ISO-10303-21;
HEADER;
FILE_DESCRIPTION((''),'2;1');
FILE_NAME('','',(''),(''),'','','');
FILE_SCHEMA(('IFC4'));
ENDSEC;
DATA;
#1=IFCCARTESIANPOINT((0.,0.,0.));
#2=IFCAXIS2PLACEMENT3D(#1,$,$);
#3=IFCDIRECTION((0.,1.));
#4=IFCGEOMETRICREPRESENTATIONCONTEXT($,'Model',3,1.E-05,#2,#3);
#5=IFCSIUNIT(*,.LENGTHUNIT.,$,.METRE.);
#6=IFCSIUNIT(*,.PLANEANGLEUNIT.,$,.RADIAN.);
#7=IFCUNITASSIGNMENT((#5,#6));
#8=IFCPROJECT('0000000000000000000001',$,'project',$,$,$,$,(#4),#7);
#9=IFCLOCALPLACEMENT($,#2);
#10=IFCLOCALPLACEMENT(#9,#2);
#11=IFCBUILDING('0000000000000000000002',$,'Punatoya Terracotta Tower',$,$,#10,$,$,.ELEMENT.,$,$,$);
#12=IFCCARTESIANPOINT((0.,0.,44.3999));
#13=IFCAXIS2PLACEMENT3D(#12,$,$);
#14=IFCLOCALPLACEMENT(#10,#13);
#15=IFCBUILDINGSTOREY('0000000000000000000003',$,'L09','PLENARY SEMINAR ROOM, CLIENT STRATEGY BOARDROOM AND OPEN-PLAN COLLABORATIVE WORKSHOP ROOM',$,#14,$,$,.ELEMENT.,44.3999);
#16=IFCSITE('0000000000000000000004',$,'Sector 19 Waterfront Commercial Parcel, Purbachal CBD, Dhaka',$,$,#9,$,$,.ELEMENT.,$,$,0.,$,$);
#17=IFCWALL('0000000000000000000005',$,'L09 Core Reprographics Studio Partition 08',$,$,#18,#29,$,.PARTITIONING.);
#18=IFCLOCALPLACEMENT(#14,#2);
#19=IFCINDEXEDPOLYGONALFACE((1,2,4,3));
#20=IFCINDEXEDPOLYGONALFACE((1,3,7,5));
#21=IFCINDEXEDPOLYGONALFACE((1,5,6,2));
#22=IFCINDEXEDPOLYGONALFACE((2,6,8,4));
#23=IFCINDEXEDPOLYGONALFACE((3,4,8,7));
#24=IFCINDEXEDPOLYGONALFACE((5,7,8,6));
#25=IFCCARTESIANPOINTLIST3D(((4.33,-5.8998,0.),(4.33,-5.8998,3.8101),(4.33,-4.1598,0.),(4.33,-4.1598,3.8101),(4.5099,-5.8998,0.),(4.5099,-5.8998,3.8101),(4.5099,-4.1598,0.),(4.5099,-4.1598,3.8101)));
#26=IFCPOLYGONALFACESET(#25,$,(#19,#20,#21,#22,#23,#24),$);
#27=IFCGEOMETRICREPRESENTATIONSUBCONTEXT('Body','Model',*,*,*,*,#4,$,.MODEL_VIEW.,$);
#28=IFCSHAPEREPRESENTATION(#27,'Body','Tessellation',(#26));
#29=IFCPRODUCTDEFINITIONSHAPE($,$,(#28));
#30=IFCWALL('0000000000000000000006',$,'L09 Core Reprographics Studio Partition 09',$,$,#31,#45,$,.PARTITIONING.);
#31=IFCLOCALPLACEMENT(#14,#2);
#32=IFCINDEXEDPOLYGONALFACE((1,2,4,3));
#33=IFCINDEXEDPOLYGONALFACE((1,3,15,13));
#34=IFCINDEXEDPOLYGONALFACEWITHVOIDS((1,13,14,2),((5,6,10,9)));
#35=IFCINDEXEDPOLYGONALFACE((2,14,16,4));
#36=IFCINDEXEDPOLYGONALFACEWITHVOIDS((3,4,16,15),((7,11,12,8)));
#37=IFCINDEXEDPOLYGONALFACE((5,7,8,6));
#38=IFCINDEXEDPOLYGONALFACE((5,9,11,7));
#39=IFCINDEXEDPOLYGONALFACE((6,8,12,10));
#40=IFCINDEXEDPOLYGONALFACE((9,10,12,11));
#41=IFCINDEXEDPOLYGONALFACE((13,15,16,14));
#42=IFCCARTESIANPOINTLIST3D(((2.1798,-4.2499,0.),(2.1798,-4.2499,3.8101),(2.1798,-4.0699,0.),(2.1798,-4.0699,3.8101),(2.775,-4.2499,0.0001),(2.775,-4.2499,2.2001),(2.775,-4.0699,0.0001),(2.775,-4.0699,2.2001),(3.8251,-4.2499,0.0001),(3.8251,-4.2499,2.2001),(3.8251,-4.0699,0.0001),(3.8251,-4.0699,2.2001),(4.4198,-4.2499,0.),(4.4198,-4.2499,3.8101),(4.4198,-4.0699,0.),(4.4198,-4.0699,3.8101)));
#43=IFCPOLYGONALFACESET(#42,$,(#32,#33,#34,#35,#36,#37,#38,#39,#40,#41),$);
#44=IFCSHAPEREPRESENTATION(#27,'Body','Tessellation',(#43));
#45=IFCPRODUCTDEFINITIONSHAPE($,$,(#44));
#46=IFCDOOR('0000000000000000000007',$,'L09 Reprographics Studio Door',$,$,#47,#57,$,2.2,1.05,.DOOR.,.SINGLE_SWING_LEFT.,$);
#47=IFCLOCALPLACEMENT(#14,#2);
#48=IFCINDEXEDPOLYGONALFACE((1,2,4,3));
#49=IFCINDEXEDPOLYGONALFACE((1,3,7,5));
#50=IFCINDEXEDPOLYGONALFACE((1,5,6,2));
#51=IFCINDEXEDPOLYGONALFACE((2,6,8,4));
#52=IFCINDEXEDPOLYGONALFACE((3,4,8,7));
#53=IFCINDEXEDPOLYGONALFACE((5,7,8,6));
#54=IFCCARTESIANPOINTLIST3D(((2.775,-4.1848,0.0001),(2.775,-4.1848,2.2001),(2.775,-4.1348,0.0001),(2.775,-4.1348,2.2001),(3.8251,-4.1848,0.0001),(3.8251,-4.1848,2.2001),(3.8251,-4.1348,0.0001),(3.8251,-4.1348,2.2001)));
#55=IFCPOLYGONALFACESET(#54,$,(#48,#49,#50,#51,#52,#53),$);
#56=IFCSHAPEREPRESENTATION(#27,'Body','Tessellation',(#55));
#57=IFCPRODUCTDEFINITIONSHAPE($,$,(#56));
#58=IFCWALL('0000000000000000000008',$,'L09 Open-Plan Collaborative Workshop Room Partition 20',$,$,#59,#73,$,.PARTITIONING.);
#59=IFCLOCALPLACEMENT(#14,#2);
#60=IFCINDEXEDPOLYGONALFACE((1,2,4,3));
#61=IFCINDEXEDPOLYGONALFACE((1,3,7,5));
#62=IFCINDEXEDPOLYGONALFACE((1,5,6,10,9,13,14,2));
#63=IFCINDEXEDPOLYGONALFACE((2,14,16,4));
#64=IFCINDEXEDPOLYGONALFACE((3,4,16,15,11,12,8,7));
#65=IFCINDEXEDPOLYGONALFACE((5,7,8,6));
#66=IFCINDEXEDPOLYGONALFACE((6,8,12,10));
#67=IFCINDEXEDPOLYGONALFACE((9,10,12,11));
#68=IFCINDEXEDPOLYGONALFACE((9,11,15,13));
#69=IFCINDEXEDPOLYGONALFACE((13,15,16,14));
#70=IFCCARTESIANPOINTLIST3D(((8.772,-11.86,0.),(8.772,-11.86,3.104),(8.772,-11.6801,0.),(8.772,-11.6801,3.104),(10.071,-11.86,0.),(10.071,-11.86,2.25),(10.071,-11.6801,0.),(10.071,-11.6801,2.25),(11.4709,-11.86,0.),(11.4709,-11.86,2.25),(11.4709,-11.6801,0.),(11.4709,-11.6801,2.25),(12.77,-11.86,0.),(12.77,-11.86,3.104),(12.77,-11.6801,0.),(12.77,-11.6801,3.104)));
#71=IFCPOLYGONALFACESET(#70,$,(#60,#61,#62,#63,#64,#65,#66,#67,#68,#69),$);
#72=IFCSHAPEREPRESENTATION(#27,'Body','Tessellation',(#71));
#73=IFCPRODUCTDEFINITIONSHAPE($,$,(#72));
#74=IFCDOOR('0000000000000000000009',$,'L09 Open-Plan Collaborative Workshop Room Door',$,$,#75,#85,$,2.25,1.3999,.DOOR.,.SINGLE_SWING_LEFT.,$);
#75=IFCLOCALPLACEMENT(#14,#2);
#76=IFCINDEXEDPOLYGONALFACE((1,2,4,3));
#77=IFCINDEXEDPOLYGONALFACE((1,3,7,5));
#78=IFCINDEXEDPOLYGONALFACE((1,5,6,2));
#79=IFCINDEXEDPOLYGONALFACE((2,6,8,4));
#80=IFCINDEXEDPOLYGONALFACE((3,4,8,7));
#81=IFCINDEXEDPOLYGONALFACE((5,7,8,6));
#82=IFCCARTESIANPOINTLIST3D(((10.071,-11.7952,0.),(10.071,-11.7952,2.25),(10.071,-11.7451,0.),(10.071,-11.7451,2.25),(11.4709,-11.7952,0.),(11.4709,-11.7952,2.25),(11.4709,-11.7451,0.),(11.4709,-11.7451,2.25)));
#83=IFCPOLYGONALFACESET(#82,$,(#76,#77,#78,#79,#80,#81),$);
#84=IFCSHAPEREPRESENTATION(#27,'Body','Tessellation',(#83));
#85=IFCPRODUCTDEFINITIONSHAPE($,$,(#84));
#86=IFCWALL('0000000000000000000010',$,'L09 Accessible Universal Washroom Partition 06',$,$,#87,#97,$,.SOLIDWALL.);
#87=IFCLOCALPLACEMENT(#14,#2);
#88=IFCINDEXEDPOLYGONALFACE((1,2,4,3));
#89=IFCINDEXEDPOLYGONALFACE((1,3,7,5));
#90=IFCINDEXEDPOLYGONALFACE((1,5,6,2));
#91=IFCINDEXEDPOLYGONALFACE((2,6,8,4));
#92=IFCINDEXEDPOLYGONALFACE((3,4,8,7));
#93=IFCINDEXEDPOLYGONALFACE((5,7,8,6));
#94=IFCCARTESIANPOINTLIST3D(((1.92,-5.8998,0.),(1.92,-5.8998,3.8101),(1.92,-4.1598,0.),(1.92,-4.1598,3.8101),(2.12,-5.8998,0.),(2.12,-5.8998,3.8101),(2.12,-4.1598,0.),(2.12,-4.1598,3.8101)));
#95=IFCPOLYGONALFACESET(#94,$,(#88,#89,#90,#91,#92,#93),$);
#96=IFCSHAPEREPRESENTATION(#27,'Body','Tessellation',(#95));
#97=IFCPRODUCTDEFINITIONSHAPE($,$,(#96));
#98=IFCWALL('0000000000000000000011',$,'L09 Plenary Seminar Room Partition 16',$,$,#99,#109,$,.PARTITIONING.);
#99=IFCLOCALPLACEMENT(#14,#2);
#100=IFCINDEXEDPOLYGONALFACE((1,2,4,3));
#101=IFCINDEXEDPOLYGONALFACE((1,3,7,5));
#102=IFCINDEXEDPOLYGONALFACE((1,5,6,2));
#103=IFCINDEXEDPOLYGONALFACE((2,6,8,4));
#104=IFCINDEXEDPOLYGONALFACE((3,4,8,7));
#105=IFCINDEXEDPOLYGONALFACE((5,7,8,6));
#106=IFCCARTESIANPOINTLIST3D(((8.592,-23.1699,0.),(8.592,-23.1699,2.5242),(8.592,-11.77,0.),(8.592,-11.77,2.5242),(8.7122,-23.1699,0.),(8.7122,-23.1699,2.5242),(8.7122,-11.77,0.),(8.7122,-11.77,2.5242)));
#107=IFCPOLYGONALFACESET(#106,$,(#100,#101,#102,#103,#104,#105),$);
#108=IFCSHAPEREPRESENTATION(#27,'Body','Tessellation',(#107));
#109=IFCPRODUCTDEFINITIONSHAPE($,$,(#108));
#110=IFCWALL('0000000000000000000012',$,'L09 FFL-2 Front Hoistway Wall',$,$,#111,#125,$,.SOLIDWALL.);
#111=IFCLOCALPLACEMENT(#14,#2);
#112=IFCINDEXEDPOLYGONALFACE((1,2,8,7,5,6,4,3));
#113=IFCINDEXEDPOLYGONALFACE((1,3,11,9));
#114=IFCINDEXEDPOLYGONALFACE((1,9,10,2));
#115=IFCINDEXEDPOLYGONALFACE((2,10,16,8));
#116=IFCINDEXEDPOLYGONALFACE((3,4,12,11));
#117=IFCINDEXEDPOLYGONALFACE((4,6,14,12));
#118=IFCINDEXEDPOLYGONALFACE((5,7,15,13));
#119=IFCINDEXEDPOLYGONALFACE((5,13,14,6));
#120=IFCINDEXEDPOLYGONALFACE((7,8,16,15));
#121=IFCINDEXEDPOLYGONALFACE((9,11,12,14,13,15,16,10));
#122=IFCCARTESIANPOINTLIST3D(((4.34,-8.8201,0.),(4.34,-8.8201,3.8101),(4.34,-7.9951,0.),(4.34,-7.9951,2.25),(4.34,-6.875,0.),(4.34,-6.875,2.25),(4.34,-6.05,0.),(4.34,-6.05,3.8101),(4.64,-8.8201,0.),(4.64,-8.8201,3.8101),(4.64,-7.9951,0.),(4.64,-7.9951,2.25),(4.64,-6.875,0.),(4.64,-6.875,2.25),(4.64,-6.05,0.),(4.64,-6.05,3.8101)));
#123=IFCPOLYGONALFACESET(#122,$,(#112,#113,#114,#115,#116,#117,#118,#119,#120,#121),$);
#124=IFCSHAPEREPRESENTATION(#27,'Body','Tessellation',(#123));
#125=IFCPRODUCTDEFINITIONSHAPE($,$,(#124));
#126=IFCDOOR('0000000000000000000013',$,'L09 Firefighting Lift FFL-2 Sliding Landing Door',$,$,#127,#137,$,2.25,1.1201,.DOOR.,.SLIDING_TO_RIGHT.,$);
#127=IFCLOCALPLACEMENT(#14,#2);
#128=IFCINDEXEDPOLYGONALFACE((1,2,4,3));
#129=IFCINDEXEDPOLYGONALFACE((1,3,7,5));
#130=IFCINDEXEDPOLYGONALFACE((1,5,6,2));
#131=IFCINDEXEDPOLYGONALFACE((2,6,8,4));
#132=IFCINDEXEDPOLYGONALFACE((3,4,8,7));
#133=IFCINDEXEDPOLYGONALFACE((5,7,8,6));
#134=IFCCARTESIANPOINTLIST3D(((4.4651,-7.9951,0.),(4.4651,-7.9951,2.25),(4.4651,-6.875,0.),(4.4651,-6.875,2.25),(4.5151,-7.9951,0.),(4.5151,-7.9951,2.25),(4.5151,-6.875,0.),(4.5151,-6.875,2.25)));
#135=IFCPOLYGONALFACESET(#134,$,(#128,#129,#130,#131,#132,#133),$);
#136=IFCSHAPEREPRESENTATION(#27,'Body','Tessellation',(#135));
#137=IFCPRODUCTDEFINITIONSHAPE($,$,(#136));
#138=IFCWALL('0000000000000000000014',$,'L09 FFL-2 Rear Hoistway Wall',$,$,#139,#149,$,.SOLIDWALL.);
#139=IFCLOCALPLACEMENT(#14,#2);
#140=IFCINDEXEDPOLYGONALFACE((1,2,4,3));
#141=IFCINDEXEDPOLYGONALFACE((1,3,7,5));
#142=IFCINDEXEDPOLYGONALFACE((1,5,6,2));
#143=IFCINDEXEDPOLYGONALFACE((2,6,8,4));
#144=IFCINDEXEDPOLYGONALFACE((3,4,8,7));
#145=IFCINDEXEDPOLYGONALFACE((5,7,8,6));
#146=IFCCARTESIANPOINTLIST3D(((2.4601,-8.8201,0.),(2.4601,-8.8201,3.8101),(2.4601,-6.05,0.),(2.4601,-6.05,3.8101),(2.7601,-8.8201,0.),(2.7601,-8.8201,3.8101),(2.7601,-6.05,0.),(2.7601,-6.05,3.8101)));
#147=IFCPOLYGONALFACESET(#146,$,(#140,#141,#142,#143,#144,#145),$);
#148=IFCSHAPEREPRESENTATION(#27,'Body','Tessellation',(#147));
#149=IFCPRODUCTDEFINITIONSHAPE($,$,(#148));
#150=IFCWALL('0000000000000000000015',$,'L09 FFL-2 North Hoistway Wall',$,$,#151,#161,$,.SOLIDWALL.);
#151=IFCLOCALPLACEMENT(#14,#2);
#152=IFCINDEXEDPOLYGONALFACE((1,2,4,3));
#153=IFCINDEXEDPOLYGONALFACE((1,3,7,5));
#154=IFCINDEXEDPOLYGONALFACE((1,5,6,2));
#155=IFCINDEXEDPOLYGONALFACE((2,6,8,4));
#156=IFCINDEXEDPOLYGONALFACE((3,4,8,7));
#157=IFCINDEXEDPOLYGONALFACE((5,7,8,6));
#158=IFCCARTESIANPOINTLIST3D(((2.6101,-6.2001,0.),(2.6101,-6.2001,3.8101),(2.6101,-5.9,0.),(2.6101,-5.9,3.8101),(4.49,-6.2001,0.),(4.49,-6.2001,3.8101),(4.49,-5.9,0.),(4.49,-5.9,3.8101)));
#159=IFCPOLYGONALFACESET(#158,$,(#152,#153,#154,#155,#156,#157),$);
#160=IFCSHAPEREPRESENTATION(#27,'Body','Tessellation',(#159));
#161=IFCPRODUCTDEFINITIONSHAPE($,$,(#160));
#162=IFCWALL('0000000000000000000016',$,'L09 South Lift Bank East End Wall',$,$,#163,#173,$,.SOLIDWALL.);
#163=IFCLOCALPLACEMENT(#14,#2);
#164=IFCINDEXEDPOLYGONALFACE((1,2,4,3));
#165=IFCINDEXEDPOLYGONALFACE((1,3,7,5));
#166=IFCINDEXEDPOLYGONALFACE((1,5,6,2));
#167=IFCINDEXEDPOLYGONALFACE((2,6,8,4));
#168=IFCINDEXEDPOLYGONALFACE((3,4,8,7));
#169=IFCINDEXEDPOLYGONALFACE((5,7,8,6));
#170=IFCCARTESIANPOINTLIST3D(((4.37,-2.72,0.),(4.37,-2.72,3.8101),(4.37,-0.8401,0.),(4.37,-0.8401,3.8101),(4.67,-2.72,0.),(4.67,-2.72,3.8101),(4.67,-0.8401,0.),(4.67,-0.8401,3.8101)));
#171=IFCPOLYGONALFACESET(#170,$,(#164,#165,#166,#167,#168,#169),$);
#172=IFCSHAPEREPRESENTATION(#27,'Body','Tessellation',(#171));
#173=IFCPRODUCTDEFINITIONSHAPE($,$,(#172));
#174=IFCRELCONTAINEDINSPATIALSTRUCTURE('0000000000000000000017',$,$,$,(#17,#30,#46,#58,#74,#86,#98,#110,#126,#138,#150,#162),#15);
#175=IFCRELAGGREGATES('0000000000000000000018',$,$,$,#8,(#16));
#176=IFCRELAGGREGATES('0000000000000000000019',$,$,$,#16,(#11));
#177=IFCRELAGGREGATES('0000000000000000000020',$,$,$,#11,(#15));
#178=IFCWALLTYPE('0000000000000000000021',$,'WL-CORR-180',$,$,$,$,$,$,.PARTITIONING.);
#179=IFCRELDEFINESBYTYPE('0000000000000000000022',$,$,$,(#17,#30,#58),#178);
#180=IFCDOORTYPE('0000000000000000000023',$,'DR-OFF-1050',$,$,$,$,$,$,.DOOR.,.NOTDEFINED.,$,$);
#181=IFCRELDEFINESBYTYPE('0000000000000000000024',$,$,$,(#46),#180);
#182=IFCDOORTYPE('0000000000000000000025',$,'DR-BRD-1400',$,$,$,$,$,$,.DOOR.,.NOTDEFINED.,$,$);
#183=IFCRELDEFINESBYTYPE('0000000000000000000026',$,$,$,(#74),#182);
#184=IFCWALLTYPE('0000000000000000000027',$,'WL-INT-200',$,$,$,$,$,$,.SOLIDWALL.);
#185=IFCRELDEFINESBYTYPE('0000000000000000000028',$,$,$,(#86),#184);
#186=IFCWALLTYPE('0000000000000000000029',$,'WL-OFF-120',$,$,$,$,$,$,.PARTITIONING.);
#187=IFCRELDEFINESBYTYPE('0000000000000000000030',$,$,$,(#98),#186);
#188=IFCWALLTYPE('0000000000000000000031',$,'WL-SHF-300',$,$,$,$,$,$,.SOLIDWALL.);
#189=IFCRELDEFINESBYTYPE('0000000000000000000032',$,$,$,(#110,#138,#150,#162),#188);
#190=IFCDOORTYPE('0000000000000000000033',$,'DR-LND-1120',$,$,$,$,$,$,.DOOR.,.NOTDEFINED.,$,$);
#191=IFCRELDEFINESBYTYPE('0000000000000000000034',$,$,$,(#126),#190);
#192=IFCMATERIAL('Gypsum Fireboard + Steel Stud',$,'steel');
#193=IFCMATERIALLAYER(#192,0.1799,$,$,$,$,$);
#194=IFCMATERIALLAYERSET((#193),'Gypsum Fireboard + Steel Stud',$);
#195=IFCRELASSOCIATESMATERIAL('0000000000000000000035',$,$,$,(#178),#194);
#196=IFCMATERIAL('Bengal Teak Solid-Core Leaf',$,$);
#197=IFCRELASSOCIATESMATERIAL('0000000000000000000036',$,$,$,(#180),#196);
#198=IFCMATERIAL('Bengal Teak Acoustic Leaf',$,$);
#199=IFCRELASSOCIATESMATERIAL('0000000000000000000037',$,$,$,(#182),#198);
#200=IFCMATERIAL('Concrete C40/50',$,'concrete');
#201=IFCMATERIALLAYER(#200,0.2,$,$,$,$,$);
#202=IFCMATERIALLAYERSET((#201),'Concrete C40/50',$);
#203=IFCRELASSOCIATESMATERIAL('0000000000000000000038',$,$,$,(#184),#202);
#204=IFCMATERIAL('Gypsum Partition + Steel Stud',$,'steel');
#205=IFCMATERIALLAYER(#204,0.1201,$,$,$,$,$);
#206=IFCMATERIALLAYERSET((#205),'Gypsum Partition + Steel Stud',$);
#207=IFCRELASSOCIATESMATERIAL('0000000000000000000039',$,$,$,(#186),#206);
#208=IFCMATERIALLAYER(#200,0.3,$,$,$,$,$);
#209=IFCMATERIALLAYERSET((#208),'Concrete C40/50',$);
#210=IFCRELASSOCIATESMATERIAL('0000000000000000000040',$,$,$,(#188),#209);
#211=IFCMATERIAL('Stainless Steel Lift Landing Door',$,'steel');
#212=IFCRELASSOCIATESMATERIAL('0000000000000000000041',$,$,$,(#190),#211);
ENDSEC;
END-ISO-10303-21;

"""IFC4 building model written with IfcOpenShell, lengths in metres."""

from ifc_helpers import new_model, si_unit, direction, frame, frame_2d, origin, place, context, subcontext, project, spatial, rectangle, extrude, material, layer, layer_set, type_object, element, fill, save


model = new_model("IFC4")

# Units and contexts
model_context = context("Model", 3, precision=1e-05, world=origin(), true_north=direction((0.0, 1.0)))
body_context = subcontext(model_context, "Body", "Model", "MODEL_VIEW")
ifc_project = project(units=[si_unit("LENGTHUNIT", "METRE"), si_unit("PLANEANGLEUNIT", "RADIAN")], contexts=[model_context])

# Site, building, storey
site_placement = place(None, origin())
site = spatial("IfcSite", under=ifc_project, at=site_placement, Name="Sector 19 Waterfront Commercial Parcel, Purbachal CBD, Dhaka", CompositionType="ELEMENT", RefElevation=0.0)
building_placement = place(site_placement, origin())
building = spatial("IfcBuilding", under=site, at=building_placement, Name="Punatoya Terracotta Tower", CompositionType="ELEMENT")
storey_placement = place(building_placement, frame((0.0, 0.0, 44.3999)))
storey = spatial("IfcBuildingStorey", under=building, at=storey_placement, Name="L09", Description="PLENARY SEMINAR ROOM, CLIENT STRATEGY BOARDROOM AND OPEN-PLAN COLLABORATIVE WORKSHOP ROOM", CompositionType="ELEMENT", Elevation=44.3999)

# Shared definitions
ifc_material_1 = material(Name="Concrete C40/50", Category="concrete")

# Wall
ifc_material_2 = material(Name="Gypsum Fireboard + Steel Stud", Category="steel")
ifc_layer_1 = layer(ifc_material_2, 0.1799)
ifc_layer_set_1 = layer_set([ifc_layer_1], Name="Gypsum Fireboard + Steel Stud")
wall_type_1 = type_object("IfcWallType", Name="WL-CORR-180", PredefinedType="PARTITIONING", material=ifc_layer_set_1)
wall_1_placement = place(storey_placement, frame((4.4199, -5.8999, 0.0), z_axis=(0.0, 0.0, 1.0), x_axis=(0.0, 1.0, 0.0)))
element("IfcWall", 1, at=wall_1_placement, inside=storey, type_object=wall_type_1, Name="L09 Core Reprographics Studio Partition 08", PredefinedType="PARTITIONING", context=body_context, shape_type="SweptSolid", body=[
    extrude(rectangle(XDim=1.74, YDim=0.1799, at=frame_2d((0.8701, 0.0))), origin(), (0.0, 0.0, 1.0), 3.8101),
])

# Walls, openings, doors
wall_2_placement = place(storey_placement, frame((4.4199, -4.1599, 0.0), z_axis=(0.0, 0.0, 1.0), x_axis=(-1.0, 0.0, 0.0)))
wall_2 = element("IfcWall", 2, at=wall_2_placement, inside=storey, type_object=wall_type_1, Name="L09 Core Reprographics Studio Partition 09", PredefinedType="PARTITIONING", context=body_context, shape_type="SweptSolid", body=[
    extrude(rectangle(XDim=2.24, YDim=0.1799, at=frame_2d((1.1201, 0.0))), origin(), (0.0, 0.0, 1.0), 3.8101),
])
opening_1_placement = place(wall_2_placement, frame((0.595, 0.0, 0.0)))
opening_1 = element("IfcOpeningElement", 3, at=opening_1_placement, cuts=wall_2, PredefinedType="OPENING", context=body_context, shape_type="SweptSolid", body=[
    extrude(rectangle(XDim=1.05, YDim=2.2, at=frame_2d((0.5249, 1.1001))), frame((0.0, 0.0999, 0.0), z_axis=(0.0, -1.0, 0.0), x_axis=(1.0, 0.0, 0.0)), (0.0, 0.0, 1.0), 0.2),
])
ifc_material_3 = material(Name="Bengal Teak Solid-Core Leaf")
door_type_1 = type_object("IfcDoorType", Name="DR-OFF-1050", OperationType="NOTDEFINED", PredefinedType="DOOR", material=ifc_material_3)
door_1_placement = place(opening_1_placement, origin())
door_1 = element("IfcDoor", 4, at=door_1_placement, inside=storey, type_object=door_type_1, Name="L09 Reprographics Studio Door", OperationType="SINGLE_SWING_LEFT", OverallHeight=2.2, OverallWidth=1.05, PredefinedType="DOOR", context=body_context, shape_type="SweptSolid", body=[
    extrude(rectangle(XDim=1.05, YDim=2.2, at=frame_2d((0.5249, 1.1001))), frame((0.0, 0.0249, 0.0), z_axis=(0.0, -1.0, 0.0), x_axis=(1.0, 0.0, 0.0)), (0.0, 0.0, 1.0), 0.05),
])
fill(opening_1, door_1)
wall_3_placement = place(storey_placement, frame((8.772, -11.77, 0.0), z_axis=(0.0, 0.0, 1.0), x_axis=(1.0, 0.0, 0.0)))
wall_3 = element("IfcWall", 5, at=wall_3_placement, inside=storey, type_object=wall_type_1, Name="L09 Open-Plan Collaborative Workshop Room Partition 20", PredefinedType="PARTITIONING", context=body_context, shape_type="SweptSolid", body=[
    extrude(rectangle(XDim=3.998, YDim=0.1799, at=frame_2d((1.999, 0.0))), origin(), (0.0, 0.0, 1.0), 3.104),
])
opening_2_placement = place(wall_3_placement, frame((1.2991, 0.0, 0.0)))
opening_2 = element("IfcOpeningElement", 6, at=opening_2_placement, cuts=wall_3, PredefinedType="OPENING", context=body_context, shape_type="SweptSolid", body=[
    extrude(rectangle(XDim=1.3999, YDim=2.25, at=frame_2d((0.7, 1.125))), frame((0.0, 0.0999, 0.0), z_axis=(0.0, -1.0, 0.0), x_axis=(1.0, 0.0, 0.0)), (0.0, 0.0, 1.0), 0.2),
])
ifc_material_4 = material(Name="Bengal Teak Acoustic Leaf")
door_type_2 = type_object("IfcDoorType", Name="DR-BRD-1400", OperationType="NOTDEFINED", PredefinedType="DOOR", material=ifc_material_4)
door_2_placement = place(opening_2_placement, origin())
door_2 = element("IfcDoor", 7, at=door_2_placement, inside=storey, type_object=door_type_2, Name="L09 Open-Plan Collaborative Workshop Room Door", OperationType="SINGLE_SWING_LEFT", OverallHeight=2.25, OverallWidth=1.3999, PredefinedType="DOOR", context=body_context, shape_type="SweptSolid", body=[
    extrude(rectangle(XDim=1.3999, YDim=2.25, at=frame_2d((0.7, 1.125))), frame((0.0, 0.0249, 0.0), z_axis=(0.0, -1.0, 0.0), x_axis=(1.0, 0.0, 0.0)), (0.0, 0.0, 1.0), 0.05),
])
fill(opening_2, door_2)

# Wall
ifc_layer_2 = layer(ifc_material_1, 0.2)
ifc_layer_set_2 = layer_set([ifc_layer_2], Name="Concrete C40/50")
wall_type_2 = type_object("IfcWallType", Name="WL-INT-200", PredefinedType="SOLIDWALL", material=ifc_layer_set_2)
wall_4_placement = place(storey_placement, frame((2.02, -5.8999, 0.0), z_axis=(0.0, 0.0, 1.0), x_axis=(0.0, 1.0, 0.0)))
element("IfcWall", 8, at=wall_4_placement, inside=storey, type_object=wall_type_2, Name="L09 Accessible Universal Washroom Partition 06", PredefinedType="SOLIDWALL", context=body_context, shape_type="SweptSolid", body=[
    extrude(rectangle(XDim=1.74, YDim=0.2, at=frame_2d((0.8701, 0.0))), origin(), (0.0, 0.0, 1.0), 3.8101),
])

# Wall
ifc_material_5 = material(Name="Gypsum Partition + Steel Stud", Category="steel")
ifc_layer_3 = layer(ifc_material_5, 0.1201)
ifc_layer_set_3 = layer_set([ifc_layer_3], Name="Gypsum Partition + Steel Stud")
wall_type_3 = type_object("IfcWallType", Name="WL-OFF-120", PredefinedType="PARTITIONING", material=ifc_layer_set_3)
wall_5_placement = place(storey_placement, frame((8.6521, -11.77, 0.0), z_axis=(0.0, 0.0, 1.0), x_axis=(0.0, -1.0, 0.0)))
element("IfcWall", 9, at=wall_5_placement, inside=storey, type_object=wall_type_3, Name="L09 Plenary Seminar Room Partition 16", PredefinedType="PARTITIONING", context=body_context, shape_type="SweptSolid", body=[
    extrude(rectangle(XDim=11.3999, YDim=0.1201, at=frame_2d((5.7, 0.0))), origin(), (0.0, 0.0, 1.0), 2.5242),
])

# Wall, opening, door
ifc_layer_4 = layer(ifc_material_1, 0.3)
ifc_layer_set_4 = layer_set([ifc_layer_4], Name="Concrete C40/50")
wall_type_4 = type_object("IfcWallType", Name="WL-SHF-300", PredefinedType="SOLIDWALL", material=ifc_layer_set_4)
wall_6_placement = place(storey_placement, frame((4.49, -8.8201, 0.0), z_axis=(0.0, 0.0, 1.0), x_axis=(0.0, 1.0, 0.0)))
wall_6 = element("IfcWall", 10, at=wall_6_placement, inside=storey, type_object=wall_type_4, Name="L09 FFL-2 Front Hoistway Wall", PredefinedType="SOLIDWALL", context=body_context, shape_type="SweptSolid", body=[
    extrude(rectangle(XDim=2.77, YDim=0.3, at=frame_2d((1.385, 0.0))), origin(), (0.0, 0.0, 1.0), 3.8101),
])
opening_3_placement = place(wall_6_placement, frame((0.825, 0.0, 0.0)))
opening_3 = element("IfcOpeningElement", 11, at=opening_3_placement, cuts=wall_6, PredefinedType="OPENING", context=body_context, shape_type="SweptSolid", body=[
    extrude(rectangle(XDim=1.1201, YDim=2.25, at=frame_2d((0.5601, 1.125))), frame((0.0, 0.1599, 0.0), z_axis=(0.0, -1.0, 0.0), x_axis=(1.0, 0.0, 0.0)), (0.0, 0.0, 1.0), 0.3201),
])
ifc_material_6 = material(Name="Stainless Steel Lift Landing Door", Category="steel")
door_type_3 = type_object("IfcDoorType", Name="DR-LND-1120", OperationType="NOTDEFINED", PredefinedType="DOOR", material=ifc_material_6)
door_3_placement = place(opening_3_placement, origin())
door_3 = element("IfcDoor", 12, at=door_3_placement, inside=storey, type_object=door_type_3, Name="L09 Firefighting Lift FFL-2 Sliding Landing Door", OperationType="SLIDING_TO_RIGHT", OverallHeight=2.25, OverallWidth=1.1201, PredefinedType="DOOR", context=body_context, shape_type="SweptSolid", body=[
    extrude(rectangle(XDim=1.1201, YDim=2.25, at=frame_2d((0.5601, 1.125))), frame((0.0, 0.0249, 0.0), z_axis=(0.0, -1.0, 0.0), x_axis=(1.0, 0.0, 0.0)), (0.0, 0.0, 1.0), 0.05),
])
fill(opening_3, door_3)

# Walls
wall_7_placement = place(storey_placement, frame((2.6101, -8.8201, 0.0), z_axis=(0.0, 0.0, 1.0), x_axis=(0.0, 1.0, 0.0)))
element("IfcWall", 13, at=wall_7_placement, inside=storey, type_object=wall_type_4, Name="L09 FFL-2 Rear Hoistway Wall", PredefinedType="SOLIDWALL", context=body_context, shape_type="SweptSolid", body=[
    extrude(rectangle(XDim=2.77, YDim=0.3, at=frame_2d((1.385, 0.0))), origin(), (0.0, 0.0, 1.0), 3.8101),
])
for number, where, z_axis, x_axis, name in (
    (14, (2.6101, -6.05, 0.0), (0.0, 0.0, 1.0), (1.0, 0.0, 0.0), "L09 FFL-2 North Hoistway Wall"),
    (15, (4.52, -2.72, 0.0), (0.0, 0.0, 1.0), (0.0, 1.0, 0.0), "L09 South Lift Bank East End Wall"),
):
    element("IfcWall", number, at=place(storey_placement, frame(where, z_axis=z_axis, x_axis=x_axis)), inside=storey, type_object=wall_type_4, Name=name, PredefinedType="SOLIDWALL", context=body_context, shape_type="SweptSolid", body=[
        extrude(rectangle(XDim=1.8799, YDim=0.3, at=frame_2d((0.9399, 0.0))), origin(), (0.0, 0.0, 1.0), 3.8101),
    ])

save(model, "model.ifc")
